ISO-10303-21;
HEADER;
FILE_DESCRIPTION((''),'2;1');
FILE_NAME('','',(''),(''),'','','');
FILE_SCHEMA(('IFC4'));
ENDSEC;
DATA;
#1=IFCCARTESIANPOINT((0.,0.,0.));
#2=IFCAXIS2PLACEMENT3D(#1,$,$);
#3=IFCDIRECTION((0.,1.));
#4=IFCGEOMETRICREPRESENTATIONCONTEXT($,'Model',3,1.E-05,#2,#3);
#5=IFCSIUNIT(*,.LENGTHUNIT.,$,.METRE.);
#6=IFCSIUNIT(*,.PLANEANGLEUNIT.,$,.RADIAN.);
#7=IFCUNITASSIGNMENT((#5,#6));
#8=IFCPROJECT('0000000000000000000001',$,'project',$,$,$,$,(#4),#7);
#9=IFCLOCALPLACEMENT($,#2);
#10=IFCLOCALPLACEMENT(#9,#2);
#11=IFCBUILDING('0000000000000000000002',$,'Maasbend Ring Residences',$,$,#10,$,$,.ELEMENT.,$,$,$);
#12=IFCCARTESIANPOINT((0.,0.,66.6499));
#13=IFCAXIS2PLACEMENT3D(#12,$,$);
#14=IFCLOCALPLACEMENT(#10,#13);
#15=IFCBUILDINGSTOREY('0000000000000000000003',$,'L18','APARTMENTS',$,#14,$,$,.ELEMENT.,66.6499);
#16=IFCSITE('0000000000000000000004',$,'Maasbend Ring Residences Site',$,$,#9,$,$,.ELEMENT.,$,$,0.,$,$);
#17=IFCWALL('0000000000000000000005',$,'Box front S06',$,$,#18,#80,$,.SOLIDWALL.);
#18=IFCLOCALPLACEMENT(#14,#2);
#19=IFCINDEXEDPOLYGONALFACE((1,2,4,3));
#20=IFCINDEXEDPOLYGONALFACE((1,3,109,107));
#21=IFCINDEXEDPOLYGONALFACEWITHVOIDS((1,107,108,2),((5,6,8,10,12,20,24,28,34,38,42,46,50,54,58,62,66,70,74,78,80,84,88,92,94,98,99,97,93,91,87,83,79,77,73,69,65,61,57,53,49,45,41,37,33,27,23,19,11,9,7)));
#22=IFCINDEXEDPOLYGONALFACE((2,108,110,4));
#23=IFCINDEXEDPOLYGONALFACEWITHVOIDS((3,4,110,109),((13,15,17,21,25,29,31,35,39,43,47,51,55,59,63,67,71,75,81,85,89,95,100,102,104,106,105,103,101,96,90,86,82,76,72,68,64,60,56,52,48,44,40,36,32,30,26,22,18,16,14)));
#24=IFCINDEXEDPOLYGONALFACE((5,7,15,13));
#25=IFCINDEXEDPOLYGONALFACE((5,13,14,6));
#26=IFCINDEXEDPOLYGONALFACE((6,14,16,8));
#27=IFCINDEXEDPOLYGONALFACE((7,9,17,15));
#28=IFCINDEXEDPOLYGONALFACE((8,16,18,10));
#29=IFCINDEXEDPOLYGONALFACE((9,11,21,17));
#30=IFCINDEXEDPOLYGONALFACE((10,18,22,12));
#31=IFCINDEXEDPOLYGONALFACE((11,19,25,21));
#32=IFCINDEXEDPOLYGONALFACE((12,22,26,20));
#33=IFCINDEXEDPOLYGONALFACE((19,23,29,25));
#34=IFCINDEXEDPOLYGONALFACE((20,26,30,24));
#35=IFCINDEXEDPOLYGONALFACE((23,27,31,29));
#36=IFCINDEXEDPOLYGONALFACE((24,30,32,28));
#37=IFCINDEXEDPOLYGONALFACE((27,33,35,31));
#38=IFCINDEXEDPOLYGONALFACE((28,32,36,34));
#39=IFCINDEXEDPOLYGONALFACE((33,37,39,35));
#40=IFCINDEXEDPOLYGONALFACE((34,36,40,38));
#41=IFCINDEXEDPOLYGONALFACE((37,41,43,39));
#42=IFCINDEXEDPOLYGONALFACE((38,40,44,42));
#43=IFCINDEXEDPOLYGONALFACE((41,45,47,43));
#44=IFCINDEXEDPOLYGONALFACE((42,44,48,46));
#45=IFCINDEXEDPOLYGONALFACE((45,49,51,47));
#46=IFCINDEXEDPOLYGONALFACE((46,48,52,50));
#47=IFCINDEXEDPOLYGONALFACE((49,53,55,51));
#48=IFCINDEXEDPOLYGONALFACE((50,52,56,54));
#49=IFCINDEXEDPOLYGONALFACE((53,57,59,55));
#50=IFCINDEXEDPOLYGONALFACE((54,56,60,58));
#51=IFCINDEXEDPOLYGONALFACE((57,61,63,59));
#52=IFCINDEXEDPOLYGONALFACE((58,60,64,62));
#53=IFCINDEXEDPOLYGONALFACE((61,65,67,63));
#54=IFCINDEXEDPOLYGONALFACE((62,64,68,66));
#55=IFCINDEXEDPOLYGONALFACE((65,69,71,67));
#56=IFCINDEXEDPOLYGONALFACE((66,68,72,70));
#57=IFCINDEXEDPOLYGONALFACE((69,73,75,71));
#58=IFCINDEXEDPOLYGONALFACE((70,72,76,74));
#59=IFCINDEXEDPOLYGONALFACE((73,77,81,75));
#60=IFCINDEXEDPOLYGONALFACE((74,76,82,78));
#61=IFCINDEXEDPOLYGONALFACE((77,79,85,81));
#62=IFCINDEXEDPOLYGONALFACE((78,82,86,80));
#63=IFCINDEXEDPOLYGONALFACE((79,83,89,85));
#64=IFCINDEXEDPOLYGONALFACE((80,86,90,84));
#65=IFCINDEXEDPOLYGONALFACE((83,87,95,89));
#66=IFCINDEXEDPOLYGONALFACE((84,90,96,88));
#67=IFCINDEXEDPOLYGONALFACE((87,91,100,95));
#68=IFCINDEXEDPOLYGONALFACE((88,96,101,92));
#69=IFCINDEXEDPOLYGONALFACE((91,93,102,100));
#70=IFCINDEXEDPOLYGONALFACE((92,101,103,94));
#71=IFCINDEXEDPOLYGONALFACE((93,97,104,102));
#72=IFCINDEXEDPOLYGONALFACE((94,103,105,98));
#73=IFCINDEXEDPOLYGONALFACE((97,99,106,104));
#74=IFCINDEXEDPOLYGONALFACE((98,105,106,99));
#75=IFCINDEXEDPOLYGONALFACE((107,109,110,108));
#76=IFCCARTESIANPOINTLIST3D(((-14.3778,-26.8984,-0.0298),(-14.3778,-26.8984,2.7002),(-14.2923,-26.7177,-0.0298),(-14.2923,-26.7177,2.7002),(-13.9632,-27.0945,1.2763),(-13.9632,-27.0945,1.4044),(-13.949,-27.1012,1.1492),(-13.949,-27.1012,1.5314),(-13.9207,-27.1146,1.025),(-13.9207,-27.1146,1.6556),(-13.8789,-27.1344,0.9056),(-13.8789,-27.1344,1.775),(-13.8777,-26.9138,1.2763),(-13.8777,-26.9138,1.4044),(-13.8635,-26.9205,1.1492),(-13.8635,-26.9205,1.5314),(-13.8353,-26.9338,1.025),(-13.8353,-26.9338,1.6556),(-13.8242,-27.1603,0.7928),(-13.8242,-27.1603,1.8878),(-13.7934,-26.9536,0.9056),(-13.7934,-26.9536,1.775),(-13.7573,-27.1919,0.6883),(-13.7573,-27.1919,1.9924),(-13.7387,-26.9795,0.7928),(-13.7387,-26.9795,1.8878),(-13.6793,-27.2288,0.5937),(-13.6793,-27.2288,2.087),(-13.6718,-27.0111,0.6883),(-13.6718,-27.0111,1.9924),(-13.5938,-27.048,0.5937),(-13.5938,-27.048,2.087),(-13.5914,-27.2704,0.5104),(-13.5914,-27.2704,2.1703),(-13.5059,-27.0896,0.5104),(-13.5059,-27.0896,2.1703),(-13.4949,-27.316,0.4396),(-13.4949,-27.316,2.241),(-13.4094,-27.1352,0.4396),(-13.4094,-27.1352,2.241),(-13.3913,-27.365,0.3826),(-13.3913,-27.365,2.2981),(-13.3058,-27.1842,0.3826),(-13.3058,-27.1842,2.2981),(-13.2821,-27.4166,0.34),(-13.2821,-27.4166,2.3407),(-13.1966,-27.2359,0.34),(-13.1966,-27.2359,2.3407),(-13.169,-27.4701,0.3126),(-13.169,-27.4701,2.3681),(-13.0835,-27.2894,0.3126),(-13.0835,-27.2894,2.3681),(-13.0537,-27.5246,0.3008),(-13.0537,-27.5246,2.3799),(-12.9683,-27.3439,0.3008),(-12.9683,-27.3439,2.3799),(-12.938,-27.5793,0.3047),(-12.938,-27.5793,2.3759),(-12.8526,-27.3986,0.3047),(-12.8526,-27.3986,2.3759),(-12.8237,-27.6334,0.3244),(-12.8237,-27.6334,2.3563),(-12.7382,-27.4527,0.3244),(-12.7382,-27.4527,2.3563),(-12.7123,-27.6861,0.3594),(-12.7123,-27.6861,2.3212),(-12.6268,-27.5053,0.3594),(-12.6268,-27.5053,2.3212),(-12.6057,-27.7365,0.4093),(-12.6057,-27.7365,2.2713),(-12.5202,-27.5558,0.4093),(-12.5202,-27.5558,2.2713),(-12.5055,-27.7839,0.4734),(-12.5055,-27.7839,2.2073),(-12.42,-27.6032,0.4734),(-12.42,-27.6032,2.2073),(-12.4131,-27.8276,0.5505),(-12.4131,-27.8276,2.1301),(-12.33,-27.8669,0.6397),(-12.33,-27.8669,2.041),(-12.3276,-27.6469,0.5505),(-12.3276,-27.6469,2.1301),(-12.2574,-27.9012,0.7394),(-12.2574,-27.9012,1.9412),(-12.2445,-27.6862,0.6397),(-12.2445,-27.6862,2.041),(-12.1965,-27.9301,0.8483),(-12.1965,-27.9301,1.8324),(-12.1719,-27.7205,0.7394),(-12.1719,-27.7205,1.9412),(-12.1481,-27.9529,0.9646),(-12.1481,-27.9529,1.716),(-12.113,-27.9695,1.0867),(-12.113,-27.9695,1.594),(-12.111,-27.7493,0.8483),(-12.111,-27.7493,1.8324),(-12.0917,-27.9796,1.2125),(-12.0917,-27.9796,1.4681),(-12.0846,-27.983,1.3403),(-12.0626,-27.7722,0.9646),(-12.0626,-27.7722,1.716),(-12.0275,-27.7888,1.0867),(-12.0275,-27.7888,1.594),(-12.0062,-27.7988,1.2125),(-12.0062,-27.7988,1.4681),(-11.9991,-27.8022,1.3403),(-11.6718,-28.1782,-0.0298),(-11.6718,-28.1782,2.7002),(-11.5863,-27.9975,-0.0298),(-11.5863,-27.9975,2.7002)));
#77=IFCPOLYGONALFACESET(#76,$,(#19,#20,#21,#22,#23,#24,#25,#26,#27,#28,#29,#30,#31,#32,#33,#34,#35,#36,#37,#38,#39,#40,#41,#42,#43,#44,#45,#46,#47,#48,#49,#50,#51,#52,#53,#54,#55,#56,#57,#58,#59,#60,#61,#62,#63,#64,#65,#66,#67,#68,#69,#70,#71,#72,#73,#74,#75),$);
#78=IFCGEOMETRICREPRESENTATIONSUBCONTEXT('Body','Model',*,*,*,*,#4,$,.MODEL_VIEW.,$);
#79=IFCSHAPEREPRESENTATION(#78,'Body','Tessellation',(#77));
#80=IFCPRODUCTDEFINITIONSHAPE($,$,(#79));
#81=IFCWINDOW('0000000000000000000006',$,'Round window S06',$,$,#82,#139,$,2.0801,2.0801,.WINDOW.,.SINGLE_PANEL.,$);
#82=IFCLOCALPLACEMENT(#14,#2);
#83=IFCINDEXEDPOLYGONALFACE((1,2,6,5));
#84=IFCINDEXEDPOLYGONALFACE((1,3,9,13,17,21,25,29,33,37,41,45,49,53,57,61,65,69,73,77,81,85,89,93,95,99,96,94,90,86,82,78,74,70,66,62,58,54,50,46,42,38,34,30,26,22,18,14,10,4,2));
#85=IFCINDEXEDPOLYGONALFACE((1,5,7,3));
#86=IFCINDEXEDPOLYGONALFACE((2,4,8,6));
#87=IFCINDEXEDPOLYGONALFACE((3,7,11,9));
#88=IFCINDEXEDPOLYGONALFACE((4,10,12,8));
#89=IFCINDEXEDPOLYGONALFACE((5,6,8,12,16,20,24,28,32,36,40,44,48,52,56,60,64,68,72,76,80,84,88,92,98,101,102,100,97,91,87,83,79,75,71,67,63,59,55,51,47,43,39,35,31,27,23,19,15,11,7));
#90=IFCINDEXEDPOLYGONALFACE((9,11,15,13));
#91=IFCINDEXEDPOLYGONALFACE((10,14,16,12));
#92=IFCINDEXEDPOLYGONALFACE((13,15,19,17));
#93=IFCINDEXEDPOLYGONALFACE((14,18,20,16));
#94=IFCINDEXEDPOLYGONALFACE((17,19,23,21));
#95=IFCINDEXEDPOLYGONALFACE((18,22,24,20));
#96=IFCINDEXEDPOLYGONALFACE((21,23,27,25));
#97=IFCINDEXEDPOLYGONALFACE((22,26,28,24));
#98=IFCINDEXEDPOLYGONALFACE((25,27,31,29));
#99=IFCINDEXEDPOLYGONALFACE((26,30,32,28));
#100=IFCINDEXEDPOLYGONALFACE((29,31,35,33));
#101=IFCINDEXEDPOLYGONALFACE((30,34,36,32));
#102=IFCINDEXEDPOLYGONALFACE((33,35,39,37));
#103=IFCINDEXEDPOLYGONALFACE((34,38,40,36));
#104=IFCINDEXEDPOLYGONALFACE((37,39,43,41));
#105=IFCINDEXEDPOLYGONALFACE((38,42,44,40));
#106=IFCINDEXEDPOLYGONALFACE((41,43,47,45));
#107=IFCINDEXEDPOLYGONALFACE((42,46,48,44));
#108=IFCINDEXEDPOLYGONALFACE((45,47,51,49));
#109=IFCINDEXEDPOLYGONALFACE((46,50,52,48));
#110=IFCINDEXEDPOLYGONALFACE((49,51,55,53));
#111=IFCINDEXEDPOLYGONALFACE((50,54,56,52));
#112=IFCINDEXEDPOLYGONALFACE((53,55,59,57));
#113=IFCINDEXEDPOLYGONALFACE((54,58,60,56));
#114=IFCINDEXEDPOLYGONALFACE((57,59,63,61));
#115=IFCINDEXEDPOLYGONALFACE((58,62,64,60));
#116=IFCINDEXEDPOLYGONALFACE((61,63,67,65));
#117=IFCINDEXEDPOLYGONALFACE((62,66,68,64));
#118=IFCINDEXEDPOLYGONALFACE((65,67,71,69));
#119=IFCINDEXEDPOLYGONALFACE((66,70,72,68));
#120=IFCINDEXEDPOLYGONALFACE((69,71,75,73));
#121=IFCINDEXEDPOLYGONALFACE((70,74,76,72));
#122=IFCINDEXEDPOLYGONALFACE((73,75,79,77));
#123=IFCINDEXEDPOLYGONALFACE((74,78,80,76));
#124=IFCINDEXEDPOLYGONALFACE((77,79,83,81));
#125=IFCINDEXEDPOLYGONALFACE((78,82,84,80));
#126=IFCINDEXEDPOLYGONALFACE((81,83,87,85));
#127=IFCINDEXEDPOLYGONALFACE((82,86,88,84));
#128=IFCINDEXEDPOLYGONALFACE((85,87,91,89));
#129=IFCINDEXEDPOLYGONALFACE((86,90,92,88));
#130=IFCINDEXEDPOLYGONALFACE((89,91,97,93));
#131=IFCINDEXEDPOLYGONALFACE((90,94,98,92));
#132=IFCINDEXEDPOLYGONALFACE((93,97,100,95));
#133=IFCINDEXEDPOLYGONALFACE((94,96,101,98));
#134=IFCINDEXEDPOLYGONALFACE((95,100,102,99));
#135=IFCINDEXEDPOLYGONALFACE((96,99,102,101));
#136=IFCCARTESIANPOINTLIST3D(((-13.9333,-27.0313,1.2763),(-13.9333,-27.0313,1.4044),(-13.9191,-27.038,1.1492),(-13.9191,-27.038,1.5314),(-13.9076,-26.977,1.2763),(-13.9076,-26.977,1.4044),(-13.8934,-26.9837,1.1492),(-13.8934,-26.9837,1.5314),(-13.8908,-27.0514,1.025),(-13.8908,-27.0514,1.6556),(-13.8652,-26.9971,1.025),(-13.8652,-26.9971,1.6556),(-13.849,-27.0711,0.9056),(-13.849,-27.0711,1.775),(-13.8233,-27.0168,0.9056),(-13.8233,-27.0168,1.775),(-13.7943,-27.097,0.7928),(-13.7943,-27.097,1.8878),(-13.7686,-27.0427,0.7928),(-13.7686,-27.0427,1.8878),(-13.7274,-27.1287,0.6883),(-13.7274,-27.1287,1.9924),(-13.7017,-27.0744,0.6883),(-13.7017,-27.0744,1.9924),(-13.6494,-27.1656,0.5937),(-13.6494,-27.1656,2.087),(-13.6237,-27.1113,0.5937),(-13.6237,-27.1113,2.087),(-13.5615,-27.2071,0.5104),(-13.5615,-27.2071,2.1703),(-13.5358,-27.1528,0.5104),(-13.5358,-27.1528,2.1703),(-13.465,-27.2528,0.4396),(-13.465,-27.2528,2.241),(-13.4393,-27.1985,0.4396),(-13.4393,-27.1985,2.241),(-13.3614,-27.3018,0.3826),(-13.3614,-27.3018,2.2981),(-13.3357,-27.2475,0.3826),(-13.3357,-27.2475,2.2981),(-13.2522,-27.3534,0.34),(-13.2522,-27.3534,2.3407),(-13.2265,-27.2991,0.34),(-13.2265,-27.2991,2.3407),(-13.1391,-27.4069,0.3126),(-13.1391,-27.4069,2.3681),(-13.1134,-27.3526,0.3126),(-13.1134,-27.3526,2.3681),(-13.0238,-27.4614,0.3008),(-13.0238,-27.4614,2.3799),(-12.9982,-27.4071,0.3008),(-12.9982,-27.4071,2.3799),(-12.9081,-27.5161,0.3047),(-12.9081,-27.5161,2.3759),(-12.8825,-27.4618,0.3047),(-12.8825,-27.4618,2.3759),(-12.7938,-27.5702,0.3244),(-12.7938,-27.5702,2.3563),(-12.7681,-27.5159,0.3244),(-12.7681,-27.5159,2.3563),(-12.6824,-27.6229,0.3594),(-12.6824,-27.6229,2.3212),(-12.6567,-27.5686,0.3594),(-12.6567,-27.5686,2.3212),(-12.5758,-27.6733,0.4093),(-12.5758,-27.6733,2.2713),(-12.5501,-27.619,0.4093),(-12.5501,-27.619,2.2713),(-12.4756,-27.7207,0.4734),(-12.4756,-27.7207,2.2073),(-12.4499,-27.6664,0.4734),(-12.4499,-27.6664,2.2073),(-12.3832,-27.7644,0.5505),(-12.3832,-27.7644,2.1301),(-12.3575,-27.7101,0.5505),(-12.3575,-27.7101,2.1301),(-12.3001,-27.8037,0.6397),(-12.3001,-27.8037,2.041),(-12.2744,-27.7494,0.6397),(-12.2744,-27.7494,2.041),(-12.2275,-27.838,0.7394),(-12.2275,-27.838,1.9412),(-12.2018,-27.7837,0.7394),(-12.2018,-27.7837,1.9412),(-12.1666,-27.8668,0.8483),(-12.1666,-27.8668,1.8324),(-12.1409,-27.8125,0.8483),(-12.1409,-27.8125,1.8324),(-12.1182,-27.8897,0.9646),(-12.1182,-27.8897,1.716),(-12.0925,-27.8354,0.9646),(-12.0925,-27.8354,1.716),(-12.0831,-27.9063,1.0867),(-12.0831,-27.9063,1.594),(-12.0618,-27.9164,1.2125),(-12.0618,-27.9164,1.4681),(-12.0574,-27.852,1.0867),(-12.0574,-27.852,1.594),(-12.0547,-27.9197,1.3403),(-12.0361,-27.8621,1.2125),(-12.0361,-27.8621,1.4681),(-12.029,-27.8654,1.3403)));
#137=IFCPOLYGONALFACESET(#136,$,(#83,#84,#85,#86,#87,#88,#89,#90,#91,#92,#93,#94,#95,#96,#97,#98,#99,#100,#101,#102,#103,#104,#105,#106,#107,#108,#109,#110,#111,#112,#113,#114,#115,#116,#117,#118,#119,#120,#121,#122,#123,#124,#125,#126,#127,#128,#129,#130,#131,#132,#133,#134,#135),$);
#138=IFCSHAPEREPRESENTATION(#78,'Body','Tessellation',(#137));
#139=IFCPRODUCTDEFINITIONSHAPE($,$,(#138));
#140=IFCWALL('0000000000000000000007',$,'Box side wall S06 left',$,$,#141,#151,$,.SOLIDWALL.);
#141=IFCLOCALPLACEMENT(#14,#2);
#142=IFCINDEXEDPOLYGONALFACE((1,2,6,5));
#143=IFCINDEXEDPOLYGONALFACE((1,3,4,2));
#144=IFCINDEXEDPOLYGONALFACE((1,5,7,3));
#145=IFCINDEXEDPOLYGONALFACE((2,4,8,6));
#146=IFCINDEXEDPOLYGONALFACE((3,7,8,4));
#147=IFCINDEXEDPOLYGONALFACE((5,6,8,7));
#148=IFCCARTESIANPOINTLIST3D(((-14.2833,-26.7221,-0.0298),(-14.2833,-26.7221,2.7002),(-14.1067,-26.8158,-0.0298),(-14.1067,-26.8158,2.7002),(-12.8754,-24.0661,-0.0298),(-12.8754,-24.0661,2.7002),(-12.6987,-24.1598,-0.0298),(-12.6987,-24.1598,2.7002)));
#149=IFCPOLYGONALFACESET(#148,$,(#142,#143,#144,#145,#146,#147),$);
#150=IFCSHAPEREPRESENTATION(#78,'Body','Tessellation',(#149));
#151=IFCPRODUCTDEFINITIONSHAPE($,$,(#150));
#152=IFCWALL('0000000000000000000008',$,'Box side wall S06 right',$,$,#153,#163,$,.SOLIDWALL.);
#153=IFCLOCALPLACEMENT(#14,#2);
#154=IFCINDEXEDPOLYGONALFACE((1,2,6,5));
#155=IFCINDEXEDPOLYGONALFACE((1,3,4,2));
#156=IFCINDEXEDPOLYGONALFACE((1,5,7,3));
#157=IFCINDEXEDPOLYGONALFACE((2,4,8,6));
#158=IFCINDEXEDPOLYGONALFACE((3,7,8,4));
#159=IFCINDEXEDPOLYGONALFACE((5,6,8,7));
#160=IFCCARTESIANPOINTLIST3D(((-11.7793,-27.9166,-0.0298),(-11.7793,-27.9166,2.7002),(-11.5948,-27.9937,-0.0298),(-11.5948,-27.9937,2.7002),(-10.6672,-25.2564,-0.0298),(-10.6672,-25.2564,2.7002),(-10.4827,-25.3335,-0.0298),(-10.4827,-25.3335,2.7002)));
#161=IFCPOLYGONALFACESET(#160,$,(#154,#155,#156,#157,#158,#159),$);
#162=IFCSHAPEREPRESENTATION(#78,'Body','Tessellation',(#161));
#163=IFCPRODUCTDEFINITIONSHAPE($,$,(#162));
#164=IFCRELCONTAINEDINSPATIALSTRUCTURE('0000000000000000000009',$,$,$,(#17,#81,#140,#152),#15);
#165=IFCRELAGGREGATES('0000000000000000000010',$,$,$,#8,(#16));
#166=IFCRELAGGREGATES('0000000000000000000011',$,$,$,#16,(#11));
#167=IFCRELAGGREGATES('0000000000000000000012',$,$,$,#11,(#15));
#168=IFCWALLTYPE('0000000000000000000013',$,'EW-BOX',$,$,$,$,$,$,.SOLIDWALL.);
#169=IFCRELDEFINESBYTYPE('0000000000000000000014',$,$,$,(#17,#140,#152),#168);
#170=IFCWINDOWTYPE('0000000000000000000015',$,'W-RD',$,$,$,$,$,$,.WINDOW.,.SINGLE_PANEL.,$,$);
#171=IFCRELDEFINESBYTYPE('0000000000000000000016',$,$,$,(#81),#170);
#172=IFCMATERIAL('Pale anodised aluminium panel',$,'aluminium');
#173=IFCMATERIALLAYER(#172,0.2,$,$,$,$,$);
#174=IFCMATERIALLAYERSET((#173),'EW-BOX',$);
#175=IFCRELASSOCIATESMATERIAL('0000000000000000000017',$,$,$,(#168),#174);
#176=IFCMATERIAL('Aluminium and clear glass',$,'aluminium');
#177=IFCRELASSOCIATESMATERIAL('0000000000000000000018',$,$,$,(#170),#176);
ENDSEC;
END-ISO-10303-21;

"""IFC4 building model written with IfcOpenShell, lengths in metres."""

from ifc_helpers import new_model, si_unit, direction, frame, frame_2d, origin, place, context, subcontext, project, spatial, rectangle, circle, extrude, material, layer, layer_set, type_object, element, fill, save


model = new_model("IFC4")

# Units and contexts
model_context = context("Model", 3, precision=1e-05, world=origin(), true_north=direction((0.0, 1.0)))
body_context = subcontext(model_context, "Body", "Model", "MODEL_VIEW")
ifc_project = project(units=[si_unit("LENGTHUNIT", "METRE"), si_unit("PLANEANGLEUNIT", "RADIAN")], contexts=[model_context])

# Site, building, storey
site_placement = place(None, origin())
site = spatial("IfcSite", under=ifc_project, at=site_placement, Name="Maasbend Ring Residences Site", CompositionType="ELEMENT", RefElevation=0.0)
building_placement = place(site_placement, origin())
building = spatial("IfcBuilding", under=site, at=building_placement, Name="Maasbend Ring Residences", CompositionType="ELEMENT")
storey_placement = place(building_placement, frame((0.0, 0.0, 66.6499)))
storey = spatial("IfcBuildingStorey", under=building, at=storey_placement, Name="L18", Description="APARTMENTS", CompositionType="ELEMENT", Elevation=66.6499)

# Wall, opening, window
ifc_material_1 = material(Name="Pale anodised aluminium panel", Category="aluminium")
ifc_layer_1 = layer(ifc_material_1, 0.2)
ifc_layer_set_1 = layer_set([ifc_layer_1], Name="EW-BOX")
wall_type_1 = type_object("IfcWallType", Name="EW-BOX", PredefinedType="SOLIDWALL", material=ifc_layer_set_1)
wall_1_placement = place(storey_placement, frame((-14.335, -26.8081, -0.0298), z_axis=(0.0, 0.0, 1.0), x_axis=(0.904, -0.427532, 0.0)))
wall_1 = element("IfcWall", 1, at=wall_1_placement, inside=storey, type_object=wall_type_1, Name="Box front S06", PredefinedType="SOLIDWALL", context=body_context, shape_type="SweptSolid", body=[
    extrude(rectangle(XDim=2.9934, YDim=0.2, at=frame_2d((1.4966, 0.0))), origin(), (0.0, 0.0, 1.0), 2.73),
])
opening_1_placement = place(wall_1_placement, frame((0.4565, 0.0, 0.3301)))
opening_1 = element("IfcOpeningElement", 2, at=opening_1_placement, cuts=wall_1, PredefinedType="OPENING", context=body_context, shape_type="SweptSolid", body=[
    extrude(circle(Radius=1.04, at=frame_2d((1.04, 1.04))), frame((0.0, 0.1099, 0.0), z_axis=(0.0, -1.0, 0.0), x_axis=(1.0, 0.0, 0.0)), (0.0, 0.0, 1.0), 0.22),
])
ifc_material_2 = material(Name="Aluminium and clear glass", Category="aluminium")
window_type_1 = type_object("IfcWindowType", Name="W-RD", PartitioningType="SINGLE_PANEL", PredefinedType="WINDOW", material=ifc_material_2)
window_1_placement = place(opening_1_placement, origin())
window_1 = element("IfcWindow", 3, at=window_1_placement, inside=storey, type_object=window_type_1, Name="Round window S06", OverallHeight=2.0801, OverallWidth=2.0801, PartitioningType="SINGLE_PANEL", PredefinedType="WINDOW", context=body_context, shape_type="SweptSolid", body=[
    extrude(circle(Radius=1.04, at=frame_2d((1.04, 1.04))), frame((0.0, 0.03, 0.0), z_axis=(0.0, -1.0, 0.0), x_axis=(1.0, 0.0, 0.0)), (0.0, 0.0, 1.0), 0.0601),
])
fill(opening_1, window_1)

# Walls
wall_2_placement = place(storey_placement, frame((-12.7871, -24.113, -0.0298), z_axis=(0.0, 0.0, 1.0), x_axis=(-0.468365, -0.883535, 0.0)))
element("IfcWall", 4, at=wall_2_placement, inside=storey, type_object=wall_type_1, Name="Box side wall S06 left", PredefinedType="SOLIDWALL", context=body_context, shape_type="SweptSolid", body=[
    extrude(rectangle(XDim=3.0061, YDim=0.2, at=frame_2d((1.5029, 0.0))), origin(), (0.0, 0.0, 1.0), 2.73),
])
wall_3_placement = place(storey_placement, frame((-10.575, -25.2949, -0.0298), z_axis=(0.0, 0.0, 1.0), x_axis=(-0.385697, -0.922625, 0.0)))
element("IfcWall", 5, at=wall_3_placement, inside=storey, type_object=wall_type_1, Name="Box side wall S06 right", PredefinedType="SOLIDWALL", context=body_context, shape_type="SweptSolid", body=[
    extrude(rectangle(XDim=2.8833, YDim=0.2, at=frame_2d((1.4417, 0.0))), origin(), (0.0, 0.0, 1.0), 2.73),
])

save(model, "model.ifc")
